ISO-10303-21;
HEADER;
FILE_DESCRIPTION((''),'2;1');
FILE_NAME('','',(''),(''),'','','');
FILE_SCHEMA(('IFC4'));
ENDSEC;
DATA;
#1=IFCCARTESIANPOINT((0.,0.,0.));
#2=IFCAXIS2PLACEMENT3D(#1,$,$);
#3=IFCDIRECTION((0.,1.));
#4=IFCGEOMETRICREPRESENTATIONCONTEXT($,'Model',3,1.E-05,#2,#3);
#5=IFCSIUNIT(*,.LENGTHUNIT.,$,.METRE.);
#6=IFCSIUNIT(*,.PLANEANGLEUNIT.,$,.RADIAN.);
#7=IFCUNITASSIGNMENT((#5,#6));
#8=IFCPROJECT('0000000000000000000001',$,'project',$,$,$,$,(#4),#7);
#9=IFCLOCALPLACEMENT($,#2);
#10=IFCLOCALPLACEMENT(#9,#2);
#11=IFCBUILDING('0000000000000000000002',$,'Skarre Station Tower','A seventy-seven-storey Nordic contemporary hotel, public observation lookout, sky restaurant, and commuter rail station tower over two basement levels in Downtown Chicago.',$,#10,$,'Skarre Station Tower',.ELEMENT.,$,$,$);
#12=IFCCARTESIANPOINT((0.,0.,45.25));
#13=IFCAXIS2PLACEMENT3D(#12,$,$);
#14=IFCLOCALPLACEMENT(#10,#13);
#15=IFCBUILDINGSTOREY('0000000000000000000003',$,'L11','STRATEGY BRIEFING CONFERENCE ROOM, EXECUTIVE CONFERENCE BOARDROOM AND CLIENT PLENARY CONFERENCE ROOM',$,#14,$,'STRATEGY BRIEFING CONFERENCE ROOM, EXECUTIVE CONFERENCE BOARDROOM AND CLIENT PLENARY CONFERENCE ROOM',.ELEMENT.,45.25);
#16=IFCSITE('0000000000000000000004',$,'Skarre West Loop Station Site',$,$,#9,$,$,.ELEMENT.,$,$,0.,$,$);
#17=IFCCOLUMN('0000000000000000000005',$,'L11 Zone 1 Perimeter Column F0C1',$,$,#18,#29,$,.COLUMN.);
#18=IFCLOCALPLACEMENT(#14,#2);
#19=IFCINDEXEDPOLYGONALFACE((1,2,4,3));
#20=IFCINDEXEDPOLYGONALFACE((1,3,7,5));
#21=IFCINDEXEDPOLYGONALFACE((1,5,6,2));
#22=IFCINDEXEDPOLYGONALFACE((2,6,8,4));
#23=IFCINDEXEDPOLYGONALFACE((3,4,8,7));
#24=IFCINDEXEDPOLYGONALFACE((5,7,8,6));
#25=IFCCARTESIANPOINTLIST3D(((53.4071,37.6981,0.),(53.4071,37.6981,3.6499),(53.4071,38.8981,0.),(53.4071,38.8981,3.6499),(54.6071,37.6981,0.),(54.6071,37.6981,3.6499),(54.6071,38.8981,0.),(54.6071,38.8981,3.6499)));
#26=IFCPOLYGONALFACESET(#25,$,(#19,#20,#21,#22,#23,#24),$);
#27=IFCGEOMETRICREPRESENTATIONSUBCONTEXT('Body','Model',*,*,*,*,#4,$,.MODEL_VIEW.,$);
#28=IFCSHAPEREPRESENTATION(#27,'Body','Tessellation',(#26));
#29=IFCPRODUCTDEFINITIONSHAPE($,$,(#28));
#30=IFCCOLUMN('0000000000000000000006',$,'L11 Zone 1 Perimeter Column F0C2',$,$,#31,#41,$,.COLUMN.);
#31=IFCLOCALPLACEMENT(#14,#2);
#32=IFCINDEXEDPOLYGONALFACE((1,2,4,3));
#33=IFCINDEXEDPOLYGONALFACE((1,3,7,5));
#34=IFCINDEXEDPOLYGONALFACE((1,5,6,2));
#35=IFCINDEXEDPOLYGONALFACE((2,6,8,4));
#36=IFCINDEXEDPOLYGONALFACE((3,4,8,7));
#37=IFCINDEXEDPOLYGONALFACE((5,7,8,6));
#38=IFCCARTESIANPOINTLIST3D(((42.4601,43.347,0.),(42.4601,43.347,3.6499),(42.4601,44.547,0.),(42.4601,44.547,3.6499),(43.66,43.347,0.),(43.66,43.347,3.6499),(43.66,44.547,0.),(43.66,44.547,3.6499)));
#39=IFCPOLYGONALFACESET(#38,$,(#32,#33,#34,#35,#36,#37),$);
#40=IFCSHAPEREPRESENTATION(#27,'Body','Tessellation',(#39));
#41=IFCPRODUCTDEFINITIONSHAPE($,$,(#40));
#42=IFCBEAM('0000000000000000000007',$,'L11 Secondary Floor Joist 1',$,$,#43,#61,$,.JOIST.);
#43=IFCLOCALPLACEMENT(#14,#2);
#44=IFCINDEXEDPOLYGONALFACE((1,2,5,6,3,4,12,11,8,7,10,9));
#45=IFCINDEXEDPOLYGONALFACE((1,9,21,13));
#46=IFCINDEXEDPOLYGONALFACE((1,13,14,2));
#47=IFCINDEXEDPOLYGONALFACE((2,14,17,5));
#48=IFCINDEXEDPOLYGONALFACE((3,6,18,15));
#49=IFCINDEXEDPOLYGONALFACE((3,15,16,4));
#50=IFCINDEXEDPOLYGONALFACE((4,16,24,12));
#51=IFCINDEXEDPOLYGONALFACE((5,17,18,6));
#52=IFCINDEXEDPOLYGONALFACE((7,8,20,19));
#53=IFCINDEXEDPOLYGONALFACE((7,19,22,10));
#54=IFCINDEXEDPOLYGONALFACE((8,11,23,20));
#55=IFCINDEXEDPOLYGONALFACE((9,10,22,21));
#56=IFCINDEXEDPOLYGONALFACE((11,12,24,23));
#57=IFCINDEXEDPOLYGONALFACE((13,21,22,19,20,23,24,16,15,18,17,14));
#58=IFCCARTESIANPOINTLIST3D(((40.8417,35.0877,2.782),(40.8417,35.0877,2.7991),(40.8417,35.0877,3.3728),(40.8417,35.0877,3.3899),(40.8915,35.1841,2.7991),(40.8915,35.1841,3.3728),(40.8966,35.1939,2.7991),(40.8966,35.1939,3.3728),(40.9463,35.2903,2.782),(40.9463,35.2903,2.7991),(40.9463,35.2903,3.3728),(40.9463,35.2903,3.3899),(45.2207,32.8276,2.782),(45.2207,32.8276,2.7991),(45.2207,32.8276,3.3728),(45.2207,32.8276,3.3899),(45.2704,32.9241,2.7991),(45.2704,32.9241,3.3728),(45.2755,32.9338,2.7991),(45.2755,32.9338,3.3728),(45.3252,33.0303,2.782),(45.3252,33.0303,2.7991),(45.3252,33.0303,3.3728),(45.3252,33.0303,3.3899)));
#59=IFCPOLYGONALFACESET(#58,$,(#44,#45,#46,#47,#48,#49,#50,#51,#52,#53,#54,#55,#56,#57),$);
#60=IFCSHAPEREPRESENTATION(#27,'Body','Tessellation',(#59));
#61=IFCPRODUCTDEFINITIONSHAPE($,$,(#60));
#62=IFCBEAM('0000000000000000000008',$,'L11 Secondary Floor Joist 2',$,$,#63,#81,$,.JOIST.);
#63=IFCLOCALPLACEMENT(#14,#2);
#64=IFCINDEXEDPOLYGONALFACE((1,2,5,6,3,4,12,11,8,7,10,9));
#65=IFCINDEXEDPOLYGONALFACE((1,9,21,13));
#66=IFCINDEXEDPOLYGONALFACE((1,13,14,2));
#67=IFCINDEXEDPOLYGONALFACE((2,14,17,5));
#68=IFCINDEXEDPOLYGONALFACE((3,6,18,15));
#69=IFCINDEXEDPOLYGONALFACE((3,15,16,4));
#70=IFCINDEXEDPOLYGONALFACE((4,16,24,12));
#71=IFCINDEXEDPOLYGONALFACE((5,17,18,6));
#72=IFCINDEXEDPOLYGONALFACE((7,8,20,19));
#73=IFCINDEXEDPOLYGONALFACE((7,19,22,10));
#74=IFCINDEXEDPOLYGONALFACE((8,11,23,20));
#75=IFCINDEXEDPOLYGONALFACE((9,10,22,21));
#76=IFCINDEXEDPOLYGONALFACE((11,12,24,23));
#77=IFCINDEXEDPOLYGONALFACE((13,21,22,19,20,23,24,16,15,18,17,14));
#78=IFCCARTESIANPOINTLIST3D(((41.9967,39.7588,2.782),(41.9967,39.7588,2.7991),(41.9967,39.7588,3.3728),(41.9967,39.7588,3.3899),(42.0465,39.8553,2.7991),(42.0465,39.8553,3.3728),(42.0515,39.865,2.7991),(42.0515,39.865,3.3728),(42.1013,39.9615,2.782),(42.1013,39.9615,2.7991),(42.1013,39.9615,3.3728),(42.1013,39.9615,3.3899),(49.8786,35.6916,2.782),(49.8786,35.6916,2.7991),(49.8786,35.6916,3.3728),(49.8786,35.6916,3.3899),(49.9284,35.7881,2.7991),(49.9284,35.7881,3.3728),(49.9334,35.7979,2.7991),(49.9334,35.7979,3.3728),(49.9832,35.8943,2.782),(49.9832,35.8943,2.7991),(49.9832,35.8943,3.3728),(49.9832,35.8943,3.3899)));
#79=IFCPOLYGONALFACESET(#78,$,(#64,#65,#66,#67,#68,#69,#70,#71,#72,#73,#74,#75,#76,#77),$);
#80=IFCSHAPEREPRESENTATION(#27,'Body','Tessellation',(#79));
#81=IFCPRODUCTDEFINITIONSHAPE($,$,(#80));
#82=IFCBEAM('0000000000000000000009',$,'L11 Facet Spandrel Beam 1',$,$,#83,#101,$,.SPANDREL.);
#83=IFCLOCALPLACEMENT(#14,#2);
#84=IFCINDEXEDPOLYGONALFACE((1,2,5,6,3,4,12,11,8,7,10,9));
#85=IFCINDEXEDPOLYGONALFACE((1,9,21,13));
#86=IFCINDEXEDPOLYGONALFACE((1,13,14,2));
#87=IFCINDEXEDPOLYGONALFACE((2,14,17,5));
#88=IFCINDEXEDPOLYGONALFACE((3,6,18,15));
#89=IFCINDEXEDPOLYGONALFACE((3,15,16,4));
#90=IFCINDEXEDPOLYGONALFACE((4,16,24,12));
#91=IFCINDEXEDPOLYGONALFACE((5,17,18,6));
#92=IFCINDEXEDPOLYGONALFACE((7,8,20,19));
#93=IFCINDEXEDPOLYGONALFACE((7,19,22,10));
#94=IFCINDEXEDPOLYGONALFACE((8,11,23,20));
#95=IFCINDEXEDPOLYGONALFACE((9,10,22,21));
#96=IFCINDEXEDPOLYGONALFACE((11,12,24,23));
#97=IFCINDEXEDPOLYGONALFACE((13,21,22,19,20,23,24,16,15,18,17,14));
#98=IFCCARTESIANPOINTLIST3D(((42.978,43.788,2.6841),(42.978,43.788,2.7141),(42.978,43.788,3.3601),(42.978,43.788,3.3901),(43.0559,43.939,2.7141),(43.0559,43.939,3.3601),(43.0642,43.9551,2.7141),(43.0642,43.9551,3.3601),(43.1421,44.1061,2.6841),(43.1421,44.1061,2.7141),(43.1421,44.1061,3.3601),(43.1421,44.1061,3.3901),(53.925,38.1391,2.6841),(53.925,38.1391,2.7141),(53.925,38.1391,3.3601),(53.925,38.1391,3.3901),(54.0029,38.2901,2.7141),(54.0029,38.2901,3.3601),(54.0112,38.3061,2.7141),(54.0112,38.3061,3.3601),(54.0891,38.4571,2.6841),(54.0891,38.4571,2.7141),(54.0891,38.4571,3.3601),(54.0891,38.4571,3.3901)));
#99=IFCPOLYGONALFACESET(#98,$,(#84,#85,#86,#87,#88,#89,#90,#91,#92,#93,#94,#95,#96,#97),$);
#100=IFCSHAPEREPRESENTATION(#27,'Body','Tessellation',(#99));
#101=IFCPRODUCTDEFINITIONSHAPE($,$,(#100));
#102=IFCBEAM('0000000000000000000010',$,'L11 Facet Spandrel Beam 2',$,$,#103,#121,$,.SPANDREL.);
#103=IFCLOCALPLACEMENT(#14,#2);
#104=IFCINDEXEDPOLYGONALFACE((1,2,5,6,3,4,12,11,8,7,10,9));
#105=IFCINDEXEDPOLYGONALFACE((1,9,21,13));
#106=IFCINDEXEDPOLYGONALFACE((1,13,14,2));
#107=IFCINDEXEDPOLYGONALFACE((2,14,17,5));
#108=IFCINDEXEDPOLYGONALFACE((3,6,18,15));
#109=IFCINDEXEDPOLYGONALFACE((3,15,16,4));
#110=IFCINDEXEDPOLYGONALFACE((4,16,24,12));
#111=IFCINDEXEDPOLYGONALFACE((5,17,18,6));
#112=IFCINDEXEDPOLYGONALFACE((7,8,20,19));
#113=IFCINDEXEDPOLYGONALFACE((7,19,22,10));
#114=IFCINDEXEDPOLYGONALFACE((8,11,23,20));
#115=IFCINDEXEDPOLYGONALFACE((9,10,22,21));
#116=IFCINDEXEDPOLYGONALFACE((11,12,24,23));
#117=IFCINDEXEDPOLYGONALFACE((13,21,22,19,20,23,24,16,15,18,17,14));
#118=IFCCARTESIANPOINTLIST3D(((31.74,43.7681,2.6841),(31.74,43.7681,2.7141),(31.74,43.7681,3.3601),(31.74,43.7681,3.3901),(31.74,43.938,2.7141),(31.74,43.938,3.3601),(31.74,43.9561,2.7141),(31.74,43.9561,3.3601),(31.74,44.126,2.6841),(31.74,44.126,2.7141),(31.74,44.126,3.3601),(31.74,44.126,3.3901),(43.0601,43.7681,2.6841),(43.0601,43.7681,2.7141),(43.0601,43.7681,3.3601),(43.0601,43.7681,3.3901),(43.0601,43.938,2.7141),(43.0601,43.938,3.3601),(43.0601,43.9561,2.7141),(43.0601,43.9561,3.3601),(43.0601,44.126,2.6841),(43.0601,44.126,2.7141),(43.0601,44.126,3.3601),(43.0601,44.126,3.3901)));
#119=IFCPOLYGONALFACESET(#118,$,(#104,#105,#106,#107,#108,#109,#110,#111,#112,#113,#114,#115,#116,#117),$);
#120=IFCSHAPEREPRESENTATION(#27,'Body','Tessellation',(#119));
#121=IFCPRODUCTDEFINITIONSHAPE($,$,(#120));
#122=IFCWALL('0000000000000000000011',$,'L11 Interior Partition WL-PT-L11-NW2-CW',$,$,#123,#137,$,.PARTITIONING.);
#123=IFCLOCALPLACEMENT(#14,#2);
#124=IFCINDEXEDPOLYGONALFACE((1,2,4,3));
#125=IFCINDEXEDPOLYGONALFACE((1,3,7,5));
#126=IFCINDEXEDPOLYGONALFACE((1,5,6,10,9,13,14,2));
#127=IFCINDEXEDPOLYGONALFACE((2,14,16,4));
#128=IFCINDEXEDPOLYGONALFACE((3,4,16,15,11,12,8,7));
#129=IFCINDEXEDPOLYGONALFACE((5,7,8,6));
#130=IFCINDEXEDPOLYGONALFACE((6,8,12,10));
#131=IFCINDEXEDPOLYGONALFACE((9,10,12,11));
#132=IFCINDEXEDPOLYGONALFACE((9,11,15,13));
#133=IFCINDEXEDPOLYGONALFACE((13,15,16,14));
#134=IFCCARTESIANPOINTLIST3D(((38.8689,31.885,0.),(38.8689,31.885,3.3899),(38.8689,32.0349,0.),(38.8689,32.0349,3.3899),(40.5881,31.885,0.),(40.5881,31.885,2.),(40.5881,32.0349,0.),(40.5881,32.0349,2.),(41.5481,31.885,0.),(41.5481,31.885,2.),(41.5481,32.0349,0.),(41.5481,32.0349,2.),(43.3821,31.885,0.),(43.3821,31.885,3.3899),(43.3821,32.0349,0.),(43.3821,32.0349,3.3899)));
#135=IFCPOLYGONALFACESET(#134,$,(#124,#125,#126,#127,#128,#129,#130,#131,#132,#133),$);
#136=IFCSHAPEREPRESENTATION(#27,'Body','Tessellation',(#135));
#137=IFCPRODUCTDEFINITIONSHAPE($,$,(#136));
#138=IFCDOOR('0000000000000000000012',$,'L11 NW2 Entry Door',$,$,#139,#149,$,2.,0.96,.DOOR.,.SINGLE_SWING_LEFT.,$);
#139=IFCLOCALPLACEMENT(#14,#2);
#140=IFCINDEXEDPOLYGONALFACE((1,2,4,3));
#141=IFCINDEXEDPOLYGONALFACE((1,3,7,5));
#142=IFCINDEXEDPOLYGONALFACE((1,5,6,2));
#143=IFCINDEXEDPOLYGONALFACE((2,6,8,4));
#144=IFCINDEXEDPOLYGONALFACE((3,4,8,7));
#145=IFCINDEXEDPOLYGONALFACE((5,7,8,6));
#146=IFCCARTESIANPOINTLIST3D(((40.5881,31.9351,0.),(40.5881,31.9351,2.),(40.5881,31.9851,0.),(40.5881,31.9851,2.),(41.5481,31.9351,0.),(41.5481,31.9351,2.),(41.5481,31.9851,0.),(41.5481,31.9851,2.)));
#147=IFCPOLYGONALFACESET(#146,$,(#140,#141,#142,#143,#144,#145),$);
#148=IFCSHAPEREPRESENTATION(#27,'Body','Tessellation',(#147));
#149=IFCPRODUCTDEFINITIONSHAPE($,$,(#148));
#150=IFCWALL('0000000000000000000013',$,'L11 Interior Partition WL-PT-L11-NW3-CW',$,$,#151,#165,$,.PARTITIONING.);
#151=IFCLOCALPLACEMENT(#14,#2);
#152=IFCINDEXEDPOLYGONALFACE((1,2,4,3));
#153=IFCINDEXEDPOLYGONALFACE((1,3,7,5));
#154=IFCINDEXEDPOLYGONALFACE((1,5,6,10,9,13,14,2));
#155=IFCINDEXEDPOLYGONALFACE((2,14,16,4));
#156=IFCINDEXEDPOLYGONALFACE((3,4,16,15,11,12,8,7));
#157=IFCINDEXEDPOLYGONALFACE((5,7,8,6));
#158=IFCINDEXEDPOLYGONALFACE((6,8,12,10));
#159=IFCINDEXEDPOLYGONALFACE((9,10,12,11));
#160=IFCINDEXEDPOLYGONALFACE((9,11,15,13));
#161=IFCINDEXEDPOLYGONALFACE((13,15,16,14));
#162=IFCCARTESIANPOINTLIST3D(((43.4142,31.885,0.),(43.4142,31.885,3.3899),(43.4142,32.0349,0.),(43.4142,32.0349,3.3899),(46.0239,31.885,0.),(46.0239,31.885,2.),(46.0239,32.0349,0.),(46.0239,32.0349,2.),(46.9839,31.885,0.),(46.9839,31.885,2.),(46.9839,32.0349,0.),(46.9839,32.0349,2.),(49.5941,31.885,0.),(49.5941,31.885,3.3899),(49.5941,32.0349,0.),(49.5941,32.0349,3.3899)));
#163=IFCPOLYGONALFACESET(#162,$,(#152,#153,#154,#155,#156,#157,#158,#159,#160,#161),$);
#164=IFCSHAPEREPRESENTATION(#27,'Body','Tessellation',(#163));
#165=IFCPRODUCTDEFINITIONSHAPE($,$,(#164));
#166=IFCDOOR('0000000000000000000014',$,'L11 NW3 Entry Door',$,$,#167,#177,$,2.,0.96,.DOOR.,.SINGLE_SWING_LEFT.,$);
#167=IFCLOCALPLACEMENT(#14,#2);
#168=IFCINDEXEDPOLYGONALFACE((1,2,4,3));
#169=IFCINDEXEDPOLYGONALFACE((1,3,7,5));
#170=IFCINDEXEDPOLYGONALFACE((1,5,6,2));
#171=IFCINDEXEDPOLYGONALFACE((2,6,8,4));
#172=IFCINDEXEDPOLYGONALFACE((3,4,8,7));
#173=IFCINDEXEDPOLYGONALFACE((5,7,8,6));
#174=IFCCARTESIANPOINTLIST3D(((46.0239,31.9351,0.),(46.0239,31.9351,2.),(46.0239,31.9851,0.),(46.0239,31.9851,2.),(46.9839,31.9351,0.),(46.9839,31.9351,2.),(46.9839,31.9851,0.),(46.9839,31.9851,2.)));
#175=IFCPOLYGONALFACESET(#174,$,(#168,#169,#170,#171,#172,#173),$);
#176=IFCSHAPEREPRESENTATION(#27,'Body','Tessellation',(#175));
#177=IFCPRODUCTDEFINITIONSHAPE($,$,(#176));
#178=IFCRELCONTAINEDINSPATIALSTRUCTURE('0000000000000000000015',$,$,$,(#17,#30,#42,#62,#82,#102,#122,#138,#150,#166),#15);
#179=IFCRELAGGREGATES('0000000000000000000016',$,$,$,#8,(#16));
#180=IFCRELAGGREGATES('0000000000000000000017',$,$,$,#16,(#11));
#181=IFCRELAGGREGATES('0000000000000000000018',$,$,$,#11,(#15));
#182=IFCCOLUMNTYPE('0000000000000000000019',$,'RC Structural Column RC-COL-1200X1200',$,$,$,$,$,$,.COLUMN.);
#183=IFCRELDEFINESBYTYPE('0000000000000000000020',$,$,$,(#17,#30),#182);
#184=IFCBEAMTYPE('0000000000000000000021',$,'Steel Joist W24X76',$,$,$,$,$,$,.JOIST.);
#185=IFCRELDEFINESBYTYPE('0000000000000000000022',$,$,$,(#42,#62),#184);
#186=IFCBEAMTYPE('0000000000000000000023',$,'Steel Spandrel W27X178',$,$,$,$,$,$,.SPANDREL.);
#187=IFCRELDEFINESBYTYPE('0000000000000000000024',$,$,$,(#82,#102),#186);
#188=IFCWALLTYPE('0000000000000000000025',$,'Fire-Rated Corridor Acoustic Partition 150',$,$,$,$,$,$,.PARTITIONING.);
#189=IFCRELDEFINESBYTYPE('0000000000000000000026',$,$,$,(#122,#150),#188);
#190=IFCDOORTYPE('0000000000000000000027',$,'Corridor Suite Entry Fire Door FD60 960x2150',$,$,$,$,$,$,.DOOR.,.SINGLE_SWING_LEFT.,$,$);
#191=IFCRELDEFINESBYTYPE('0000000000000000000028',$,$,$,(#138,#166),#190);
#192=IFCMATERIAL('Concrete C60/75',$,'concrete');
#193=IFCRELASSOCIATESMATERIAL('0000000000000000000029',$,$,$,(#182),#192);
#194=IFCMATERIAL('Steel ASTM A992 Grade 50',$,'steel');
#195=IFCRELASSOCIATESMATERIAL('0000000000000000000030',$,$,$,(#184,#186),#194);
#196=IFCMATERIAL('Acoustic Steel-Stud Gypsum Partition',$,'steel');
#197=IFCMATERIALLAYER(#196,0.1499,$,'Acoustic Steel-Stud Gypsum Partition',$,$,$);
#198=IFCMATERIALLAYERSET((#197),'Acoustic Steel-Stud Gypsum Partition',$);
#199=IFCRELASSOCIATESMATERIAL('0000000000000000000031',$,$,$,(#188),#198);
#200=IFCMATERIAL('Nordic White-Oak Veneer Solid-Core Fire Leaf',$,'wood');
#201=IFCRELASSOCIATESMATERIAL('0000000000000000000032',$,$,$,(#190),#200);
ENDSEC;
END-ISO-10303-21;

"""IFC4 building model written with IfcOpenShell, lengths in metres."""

from ifc_helpers import new_model, si_unit, direction, frame, frame_2d, origin, origin_2d, place, context, subcontext, project, spatial, rectangle, i_section, extrude, material, layer, layer_set, material_profile, profile_set, type_object, element, fill, save


model = new_model("IFC4")

# Units and contexts
model_context = context("Model", 3, precision=1e-05, world=origin(), true_north=direction((0.0, 1.0)))
body_context = subcontext(model_context, "Body", "Model", "MODEL_VIEW")
ifc_project = project(units=[si_unit("LENGTHUNIT", "METRE"), si_unit("PLANEANGLEUNIT", "RADIAN")], contexts=[model_context])

# Site, building, storey
site_placement = place(None, origin())
site = spatial("IfcSite", under=ifc_project, at=site_placement, Name="Skarre West Loop Station Site", CompositionType="ELEMENT", RefElevation=0.0)
building_placement = place(site_placement, origin())
building = spatial("IfcBuilding", under=site, at=building_placement, Name="Skarre Station Tower", Description="A seventy-seven-storey Nordic contemporary hotel, public observation lookout, sky restaurant, and commuter rail station tower over two basement levels in Downtown Chicago.", LongName="Skarre Station Tower", CompositionType="ELEMENT")
storey_placement = place(building_placement, frame((0.0, 0.0, 45.25)))
storey = spatial("IfcBuildingStorey", under=building, at=storey_placement, Name="L11", Description="STRATEGY BRIEFING CONFERENCE ROOM, EXECUTIVE CONFERENCE BOARDROOM AND CLIENT PLENARY CONFERENCE ROOM", LongName="STRATEGY BRIEFING CONFERENCE ROOM, EXECUTIVE CONFERENCE BOARDROOM AND CLIENT PLENARY CONFERENCE ROOM", CompositionType="ELEMENT", Elevation=45.25)

# Columns
ifc_material_1 = material(Name="Concrete C60/75", Category="concrete")
ifc_material_profile_1 = material_profile(ifc_material_1, rectangle(XDim=1.2, YDim=1.2, at=origin_2d()), Name="Concrete C60/75")
ifc_profile_set_1 = profile_set([ifc_material_profile_1], Name="Concrete C60/75")
column_type = type_object("IfcColumnType", Name="RC Structural Column RC-COL-1200X1200", PredefinedType="COLUMN", material=ifc_profile_set_1)
for number, where, z_axis, x_axis, name in (
    (1, (54.0071, 38.2981, 0.0), (0.0, 0.0, 1.0), (1.0, 0.0, 0.0), "L11 Zone 1 Perimeter Column F0C1"),
    (2, (43.0601, 43.947, 0.0), (0.0, 0.0, 1.0), (1.0, 0.0, 0.0), "L11 Zone 1 Perimeter Column F0C2"),
):
    element("IfcColumn", number, at=place(storey_placement, frame(where, z_axis=z_axis, x_axis=x_axis)), inside=storey, type_object=column_type, Name=name, PredefinedType="COLUMN", context=body_context, shape_type="SweptSolid", body=[
        extrude(rectangle(XDim=1.2, YDim=1.2, at=origin_2d()), origin(), (0.0, 0.0, 1.0), 3.6499),
    ])

# Beams
ifc_material_2 = material(Name="Steel ASTM A992 Grade 50", Category="steel")
ifc_material_profile_2 = material_profile(ifc_material_2, i_section(OverallWidth=0.228, OverallDepth=0.6079, WebThickness=0.011, FlangeThickness=0.0171, at=origin_2d()), Name="Steel ASTM A992 Grade 50")
ifc_profile_set_2 = profile_set([ifc_material_profile_2], Name="Steel ASTM A992 Grade 50")
beam_type_1 = type_object("IfcBeamType", Name="Steel Joist W24X76", PredefinedType="JOIST", material=ifc_profile_set_2)
beam_1_placement = place(storey_placement, frame((45.2729, 32.929, 3.0859), z_axis=(-0.888627, 0.458632, 0.0), x_axis=(-0.458632, -0.888627, 0.0)))
element("IfcBeam", 3, at=beam_1_placement, inside=storey, type_object=beam_type_1, Name="L11 Secondary Floor Joist 1", PredefinedType="JOIST", context=body_context, shape_type="SweptSolid", body=[
    extrude(i_section(OverallWidth=0.228, OverallDepth=0.6079, WebThickness=0.011, FlangeThickness=0.0171, at=origin_2d()), origin(), (0.0, 0.0, 1.0), 4.9277),
])
beam_2_placement = place(storey_placement, frame((49.9309, 35.793, 3.0859), z_axis=(-0.888662, 0.458562, 0.0), x_axis=(-0.458562, -0.888662, 0.0)))
element("IfcBeam", 4, at=beam_2_placement, inside=storey, type_object=beam_type_1, Name="L11 Secondary Floor Joist 2", PredefinedType="JOIST", context=body_context, shape_type="SweptSolid", body=[
    extrude(i_section(OverallWidth=0.228, OverallDepth=0.6079, WebThickness=0.011, FlangeThickness=0.0171, at=origin_2d()), origin(), (0.0, 0.0, 1.0), 8.8694),
])
ifc_material_profile_3 = material_profile(ifc_material_2, i_section(OverallWidth=0.3579, OverallDepth=0.7061, WebThickness=0.0181, FlangeThickness=0.03, at=origin_2d()), Name="Steel ASTM A992 Grade 50")
ifc_profile_set_3 = profile_set([ifc_material_profile_3], Name="Steel ASTM A992 Grade 50")
beam_type_2 = type_object("IfcBeamType", Name="Steel Spandrel W27X178", PredefinedType="SPANDREL", material=ifc_profile_set_3)
beam_3_placement = place(storey_placement, frame((54.0071, 38.2981, 3.0371), z_axis=(-0.888659, 0.458569, 0.0), x_axis=(-0.458569, -0.888659, 0.0)))
element("IfcBeam", 5, at=beam_3_placement, inside=storey, type_object=beam_type_2, Name="L11 Facet Spandrel Beam 1", PredefinedType="SPANDREL", context=body_context, shape_type="SweptSolid", body=[
    extrude(i_section(OverallWidth=0.3579, OverallDepth=0.7061, WebThickness=0.0181, FlangeThickness=0.03, at=origin_2d()), origin(), (0.0, 0.0, 1.0), 12.3186),
])
beam_4_placement = place(storey_placement, frame((43.0601, 43.947, 3.0371), z_axis=(-1.0, 0.0, 0.0), x_axis=(0.0, -1.0, 0.0)))
element("IfcBeam", 6, at=beam_4_placement, inside=storey, type_object=beam_type_2, Name="L11 Facet Spandrel Beam 2", PredefinedType="SPANDREL", context=body_context, shape_type="SweptSolid", body=[
    extrude(i_section(OverallWidth=0.3579, OverallDepth=0.7061, WebThickness=0.0181, FlangeThickness=0.03, at=origin_2d()), origin(), (0.0, 0.0, 1.0), 11.3201),
])

# Walls, openings, doors
ifc_material_3 = material(Name="Acoustic Steel-Stud Gypsum Partition", Category="steel")
ifc_layer_1 = layer(ifc_material_3, 0.1499, Name="Acoustic Steel-Stud Gypsum Partition")
ifc_layer_set_1 = layer_set([ifc_layer_1], Name="Acoustic Steel-Stud Gypsum Partition")
wall_type_1 = type_object("IfcWallType", Name="Fire-Rated Corridor Acoustic Partition 150", PredefinedType="PARTITIONING", material=ifc_layer_set_1)
wall_1_placement = place(storey_placement, frame((43.3821, 31.96, 0.0), z_axis=(0.0, 0.0, 1.0), x_axis=(-1.0, 0.0, 0.0)))
wall_1 = element("IfcWall", 7, at=wall_1_placement, inside=storey, type_object=wall_type_1, Name="L11 Interior Partition WL-PT-L11-NW2-CW", PredefinedType="PARTITIONING", context=body_context, shape_type="SweptSolid", body=[
    extrude(rectangle(XDim=4.5132, YDim=0.1499, at=frame_2d((2.2566, 0.0))), origin(), (0.0, 0.0, 1.0), 3.3899),
])
opening_1_placement = place(wall_1_placement, frame((1.834, 0.0, 0.0)))
opening_1 = element("IfcOpeningElement", 8, at=opening_1_placement, cuts=wall_1, PredefinedType="OPENING", context=body_context, shape_type="SweptSolid", body=[
    extrude(rectangle(XDim=0.96, YDim=2.0, at=frame_2d((0.48, 1.0))), frame((0.0, 0.085, 0.0), z_axis=(0.0, -1.0, 0.0), x_axis=(1.0, 0.0, 0.0)), (0.0, 0.0, 1.0), 0.1699),
])
ifc_material_4 = material(Name="Nordic White-Oak Veneer Solid-Core Fire Leaf", Category="wood")
door_type = type_object("IfcDoorType", Name="Corridor Suite Entry Fire Door FD60 960x2150", OperationType="SINGLE_SWING_LEFT", PredefinedType="DOOR", material=ifc_material_4)
door_1_placement = place(opening_1_placement, origin())
door_1 = element("IfcDoor", 9, at=door_1_placement, inside=storey, type_object=door_type, Name="L11 NW2 Entry Door", OperationType="SINGLE_SWING_LEFT", OverallHeight=2.0, OverallWidth=0.96, PredefinedType="DOOR", context=body_context, shape_type="SweptSolid", body=[
    extrude(rectangle(XDim=0.96, YDim=2.0, at=frame_2d((0.48, 1.0))), frame((0.0, 0.0249, 0.0), z_axis=(0.0, -1.0, 0.0), x_axis=(1.0, 0.0, 0.0)), (0.0, 0.0, 1.0), 0.05),
])
fill(opening_1, door_1)
wall_2_placement = place(storey_placement, frame((49.594, 31.96, 0.0), z_axis=(0.0, 0.0, 1.0), x_axis=(-1.0, 0.0, 0.0)))
wall_2 = element("IfcWall", 10, at=wall_2_placement, inside=storey, type_object=wall_type_1, Name="L11 Interior Partition WL-PT-L11-NW3-CW", PredefinedType="PARTITIONING", context=body_context, shape_type="SweptSolid", body=[
    extrude(rectangle(XDim=6.1799, YDim=0.1499, at=frame_2d((3.0898, 0.0))), origin(), (0.0, 0.0, 1.0), 3.3899),
])
opening_2_placement = place(wall_2_placement, frame((2.6101, 0.0, 0.0)))
opening_2 = element("IfcOpeningElement", 11, at=opening_2_placement, cuts=wall_2, PredefinedType="OPENING", context=body_context, shape_type="SweptSolid", body=[
    extrude(rectangle(XDim=0.96, YDim=2.0, at=frame_2d((0.48, 1.0))), frame((0.0, 0.085, 0.0), z_axis=(0.0, -1.0, 0.0), x_axis=(1.0, 0.0, 0.0)), (0.0, 0.0, 1.0), 0.1699),
])
door_2_placement = place(opening_2_placement, origin())
door_2 = element("IfcDoor", 12, at=door_2_placement, inside=storey, type_object=door_type, Name="L11 NW3 Entry Door", OperationType="SINGLE_SWING_LEFT", OverallHeight=2.0, OverallWidth=0.96, PredefinedType="DOOR", context=body_context, shape_type="SweptSolid", body=[
    extrude(rectangle(XDim=0.96, YDim=2.0, at=frame_2d((0.48, 1.0))), frame((0.0, 0.0249, 0.0), z_axis=(0.0, -1.0, 0.0), x_axis=(1.0, 0.0, 0.0)), (0.0, 0.0, 1.0), 0.05),
])
fill(opening_2, door_2)

save(model, "model.ifc")
